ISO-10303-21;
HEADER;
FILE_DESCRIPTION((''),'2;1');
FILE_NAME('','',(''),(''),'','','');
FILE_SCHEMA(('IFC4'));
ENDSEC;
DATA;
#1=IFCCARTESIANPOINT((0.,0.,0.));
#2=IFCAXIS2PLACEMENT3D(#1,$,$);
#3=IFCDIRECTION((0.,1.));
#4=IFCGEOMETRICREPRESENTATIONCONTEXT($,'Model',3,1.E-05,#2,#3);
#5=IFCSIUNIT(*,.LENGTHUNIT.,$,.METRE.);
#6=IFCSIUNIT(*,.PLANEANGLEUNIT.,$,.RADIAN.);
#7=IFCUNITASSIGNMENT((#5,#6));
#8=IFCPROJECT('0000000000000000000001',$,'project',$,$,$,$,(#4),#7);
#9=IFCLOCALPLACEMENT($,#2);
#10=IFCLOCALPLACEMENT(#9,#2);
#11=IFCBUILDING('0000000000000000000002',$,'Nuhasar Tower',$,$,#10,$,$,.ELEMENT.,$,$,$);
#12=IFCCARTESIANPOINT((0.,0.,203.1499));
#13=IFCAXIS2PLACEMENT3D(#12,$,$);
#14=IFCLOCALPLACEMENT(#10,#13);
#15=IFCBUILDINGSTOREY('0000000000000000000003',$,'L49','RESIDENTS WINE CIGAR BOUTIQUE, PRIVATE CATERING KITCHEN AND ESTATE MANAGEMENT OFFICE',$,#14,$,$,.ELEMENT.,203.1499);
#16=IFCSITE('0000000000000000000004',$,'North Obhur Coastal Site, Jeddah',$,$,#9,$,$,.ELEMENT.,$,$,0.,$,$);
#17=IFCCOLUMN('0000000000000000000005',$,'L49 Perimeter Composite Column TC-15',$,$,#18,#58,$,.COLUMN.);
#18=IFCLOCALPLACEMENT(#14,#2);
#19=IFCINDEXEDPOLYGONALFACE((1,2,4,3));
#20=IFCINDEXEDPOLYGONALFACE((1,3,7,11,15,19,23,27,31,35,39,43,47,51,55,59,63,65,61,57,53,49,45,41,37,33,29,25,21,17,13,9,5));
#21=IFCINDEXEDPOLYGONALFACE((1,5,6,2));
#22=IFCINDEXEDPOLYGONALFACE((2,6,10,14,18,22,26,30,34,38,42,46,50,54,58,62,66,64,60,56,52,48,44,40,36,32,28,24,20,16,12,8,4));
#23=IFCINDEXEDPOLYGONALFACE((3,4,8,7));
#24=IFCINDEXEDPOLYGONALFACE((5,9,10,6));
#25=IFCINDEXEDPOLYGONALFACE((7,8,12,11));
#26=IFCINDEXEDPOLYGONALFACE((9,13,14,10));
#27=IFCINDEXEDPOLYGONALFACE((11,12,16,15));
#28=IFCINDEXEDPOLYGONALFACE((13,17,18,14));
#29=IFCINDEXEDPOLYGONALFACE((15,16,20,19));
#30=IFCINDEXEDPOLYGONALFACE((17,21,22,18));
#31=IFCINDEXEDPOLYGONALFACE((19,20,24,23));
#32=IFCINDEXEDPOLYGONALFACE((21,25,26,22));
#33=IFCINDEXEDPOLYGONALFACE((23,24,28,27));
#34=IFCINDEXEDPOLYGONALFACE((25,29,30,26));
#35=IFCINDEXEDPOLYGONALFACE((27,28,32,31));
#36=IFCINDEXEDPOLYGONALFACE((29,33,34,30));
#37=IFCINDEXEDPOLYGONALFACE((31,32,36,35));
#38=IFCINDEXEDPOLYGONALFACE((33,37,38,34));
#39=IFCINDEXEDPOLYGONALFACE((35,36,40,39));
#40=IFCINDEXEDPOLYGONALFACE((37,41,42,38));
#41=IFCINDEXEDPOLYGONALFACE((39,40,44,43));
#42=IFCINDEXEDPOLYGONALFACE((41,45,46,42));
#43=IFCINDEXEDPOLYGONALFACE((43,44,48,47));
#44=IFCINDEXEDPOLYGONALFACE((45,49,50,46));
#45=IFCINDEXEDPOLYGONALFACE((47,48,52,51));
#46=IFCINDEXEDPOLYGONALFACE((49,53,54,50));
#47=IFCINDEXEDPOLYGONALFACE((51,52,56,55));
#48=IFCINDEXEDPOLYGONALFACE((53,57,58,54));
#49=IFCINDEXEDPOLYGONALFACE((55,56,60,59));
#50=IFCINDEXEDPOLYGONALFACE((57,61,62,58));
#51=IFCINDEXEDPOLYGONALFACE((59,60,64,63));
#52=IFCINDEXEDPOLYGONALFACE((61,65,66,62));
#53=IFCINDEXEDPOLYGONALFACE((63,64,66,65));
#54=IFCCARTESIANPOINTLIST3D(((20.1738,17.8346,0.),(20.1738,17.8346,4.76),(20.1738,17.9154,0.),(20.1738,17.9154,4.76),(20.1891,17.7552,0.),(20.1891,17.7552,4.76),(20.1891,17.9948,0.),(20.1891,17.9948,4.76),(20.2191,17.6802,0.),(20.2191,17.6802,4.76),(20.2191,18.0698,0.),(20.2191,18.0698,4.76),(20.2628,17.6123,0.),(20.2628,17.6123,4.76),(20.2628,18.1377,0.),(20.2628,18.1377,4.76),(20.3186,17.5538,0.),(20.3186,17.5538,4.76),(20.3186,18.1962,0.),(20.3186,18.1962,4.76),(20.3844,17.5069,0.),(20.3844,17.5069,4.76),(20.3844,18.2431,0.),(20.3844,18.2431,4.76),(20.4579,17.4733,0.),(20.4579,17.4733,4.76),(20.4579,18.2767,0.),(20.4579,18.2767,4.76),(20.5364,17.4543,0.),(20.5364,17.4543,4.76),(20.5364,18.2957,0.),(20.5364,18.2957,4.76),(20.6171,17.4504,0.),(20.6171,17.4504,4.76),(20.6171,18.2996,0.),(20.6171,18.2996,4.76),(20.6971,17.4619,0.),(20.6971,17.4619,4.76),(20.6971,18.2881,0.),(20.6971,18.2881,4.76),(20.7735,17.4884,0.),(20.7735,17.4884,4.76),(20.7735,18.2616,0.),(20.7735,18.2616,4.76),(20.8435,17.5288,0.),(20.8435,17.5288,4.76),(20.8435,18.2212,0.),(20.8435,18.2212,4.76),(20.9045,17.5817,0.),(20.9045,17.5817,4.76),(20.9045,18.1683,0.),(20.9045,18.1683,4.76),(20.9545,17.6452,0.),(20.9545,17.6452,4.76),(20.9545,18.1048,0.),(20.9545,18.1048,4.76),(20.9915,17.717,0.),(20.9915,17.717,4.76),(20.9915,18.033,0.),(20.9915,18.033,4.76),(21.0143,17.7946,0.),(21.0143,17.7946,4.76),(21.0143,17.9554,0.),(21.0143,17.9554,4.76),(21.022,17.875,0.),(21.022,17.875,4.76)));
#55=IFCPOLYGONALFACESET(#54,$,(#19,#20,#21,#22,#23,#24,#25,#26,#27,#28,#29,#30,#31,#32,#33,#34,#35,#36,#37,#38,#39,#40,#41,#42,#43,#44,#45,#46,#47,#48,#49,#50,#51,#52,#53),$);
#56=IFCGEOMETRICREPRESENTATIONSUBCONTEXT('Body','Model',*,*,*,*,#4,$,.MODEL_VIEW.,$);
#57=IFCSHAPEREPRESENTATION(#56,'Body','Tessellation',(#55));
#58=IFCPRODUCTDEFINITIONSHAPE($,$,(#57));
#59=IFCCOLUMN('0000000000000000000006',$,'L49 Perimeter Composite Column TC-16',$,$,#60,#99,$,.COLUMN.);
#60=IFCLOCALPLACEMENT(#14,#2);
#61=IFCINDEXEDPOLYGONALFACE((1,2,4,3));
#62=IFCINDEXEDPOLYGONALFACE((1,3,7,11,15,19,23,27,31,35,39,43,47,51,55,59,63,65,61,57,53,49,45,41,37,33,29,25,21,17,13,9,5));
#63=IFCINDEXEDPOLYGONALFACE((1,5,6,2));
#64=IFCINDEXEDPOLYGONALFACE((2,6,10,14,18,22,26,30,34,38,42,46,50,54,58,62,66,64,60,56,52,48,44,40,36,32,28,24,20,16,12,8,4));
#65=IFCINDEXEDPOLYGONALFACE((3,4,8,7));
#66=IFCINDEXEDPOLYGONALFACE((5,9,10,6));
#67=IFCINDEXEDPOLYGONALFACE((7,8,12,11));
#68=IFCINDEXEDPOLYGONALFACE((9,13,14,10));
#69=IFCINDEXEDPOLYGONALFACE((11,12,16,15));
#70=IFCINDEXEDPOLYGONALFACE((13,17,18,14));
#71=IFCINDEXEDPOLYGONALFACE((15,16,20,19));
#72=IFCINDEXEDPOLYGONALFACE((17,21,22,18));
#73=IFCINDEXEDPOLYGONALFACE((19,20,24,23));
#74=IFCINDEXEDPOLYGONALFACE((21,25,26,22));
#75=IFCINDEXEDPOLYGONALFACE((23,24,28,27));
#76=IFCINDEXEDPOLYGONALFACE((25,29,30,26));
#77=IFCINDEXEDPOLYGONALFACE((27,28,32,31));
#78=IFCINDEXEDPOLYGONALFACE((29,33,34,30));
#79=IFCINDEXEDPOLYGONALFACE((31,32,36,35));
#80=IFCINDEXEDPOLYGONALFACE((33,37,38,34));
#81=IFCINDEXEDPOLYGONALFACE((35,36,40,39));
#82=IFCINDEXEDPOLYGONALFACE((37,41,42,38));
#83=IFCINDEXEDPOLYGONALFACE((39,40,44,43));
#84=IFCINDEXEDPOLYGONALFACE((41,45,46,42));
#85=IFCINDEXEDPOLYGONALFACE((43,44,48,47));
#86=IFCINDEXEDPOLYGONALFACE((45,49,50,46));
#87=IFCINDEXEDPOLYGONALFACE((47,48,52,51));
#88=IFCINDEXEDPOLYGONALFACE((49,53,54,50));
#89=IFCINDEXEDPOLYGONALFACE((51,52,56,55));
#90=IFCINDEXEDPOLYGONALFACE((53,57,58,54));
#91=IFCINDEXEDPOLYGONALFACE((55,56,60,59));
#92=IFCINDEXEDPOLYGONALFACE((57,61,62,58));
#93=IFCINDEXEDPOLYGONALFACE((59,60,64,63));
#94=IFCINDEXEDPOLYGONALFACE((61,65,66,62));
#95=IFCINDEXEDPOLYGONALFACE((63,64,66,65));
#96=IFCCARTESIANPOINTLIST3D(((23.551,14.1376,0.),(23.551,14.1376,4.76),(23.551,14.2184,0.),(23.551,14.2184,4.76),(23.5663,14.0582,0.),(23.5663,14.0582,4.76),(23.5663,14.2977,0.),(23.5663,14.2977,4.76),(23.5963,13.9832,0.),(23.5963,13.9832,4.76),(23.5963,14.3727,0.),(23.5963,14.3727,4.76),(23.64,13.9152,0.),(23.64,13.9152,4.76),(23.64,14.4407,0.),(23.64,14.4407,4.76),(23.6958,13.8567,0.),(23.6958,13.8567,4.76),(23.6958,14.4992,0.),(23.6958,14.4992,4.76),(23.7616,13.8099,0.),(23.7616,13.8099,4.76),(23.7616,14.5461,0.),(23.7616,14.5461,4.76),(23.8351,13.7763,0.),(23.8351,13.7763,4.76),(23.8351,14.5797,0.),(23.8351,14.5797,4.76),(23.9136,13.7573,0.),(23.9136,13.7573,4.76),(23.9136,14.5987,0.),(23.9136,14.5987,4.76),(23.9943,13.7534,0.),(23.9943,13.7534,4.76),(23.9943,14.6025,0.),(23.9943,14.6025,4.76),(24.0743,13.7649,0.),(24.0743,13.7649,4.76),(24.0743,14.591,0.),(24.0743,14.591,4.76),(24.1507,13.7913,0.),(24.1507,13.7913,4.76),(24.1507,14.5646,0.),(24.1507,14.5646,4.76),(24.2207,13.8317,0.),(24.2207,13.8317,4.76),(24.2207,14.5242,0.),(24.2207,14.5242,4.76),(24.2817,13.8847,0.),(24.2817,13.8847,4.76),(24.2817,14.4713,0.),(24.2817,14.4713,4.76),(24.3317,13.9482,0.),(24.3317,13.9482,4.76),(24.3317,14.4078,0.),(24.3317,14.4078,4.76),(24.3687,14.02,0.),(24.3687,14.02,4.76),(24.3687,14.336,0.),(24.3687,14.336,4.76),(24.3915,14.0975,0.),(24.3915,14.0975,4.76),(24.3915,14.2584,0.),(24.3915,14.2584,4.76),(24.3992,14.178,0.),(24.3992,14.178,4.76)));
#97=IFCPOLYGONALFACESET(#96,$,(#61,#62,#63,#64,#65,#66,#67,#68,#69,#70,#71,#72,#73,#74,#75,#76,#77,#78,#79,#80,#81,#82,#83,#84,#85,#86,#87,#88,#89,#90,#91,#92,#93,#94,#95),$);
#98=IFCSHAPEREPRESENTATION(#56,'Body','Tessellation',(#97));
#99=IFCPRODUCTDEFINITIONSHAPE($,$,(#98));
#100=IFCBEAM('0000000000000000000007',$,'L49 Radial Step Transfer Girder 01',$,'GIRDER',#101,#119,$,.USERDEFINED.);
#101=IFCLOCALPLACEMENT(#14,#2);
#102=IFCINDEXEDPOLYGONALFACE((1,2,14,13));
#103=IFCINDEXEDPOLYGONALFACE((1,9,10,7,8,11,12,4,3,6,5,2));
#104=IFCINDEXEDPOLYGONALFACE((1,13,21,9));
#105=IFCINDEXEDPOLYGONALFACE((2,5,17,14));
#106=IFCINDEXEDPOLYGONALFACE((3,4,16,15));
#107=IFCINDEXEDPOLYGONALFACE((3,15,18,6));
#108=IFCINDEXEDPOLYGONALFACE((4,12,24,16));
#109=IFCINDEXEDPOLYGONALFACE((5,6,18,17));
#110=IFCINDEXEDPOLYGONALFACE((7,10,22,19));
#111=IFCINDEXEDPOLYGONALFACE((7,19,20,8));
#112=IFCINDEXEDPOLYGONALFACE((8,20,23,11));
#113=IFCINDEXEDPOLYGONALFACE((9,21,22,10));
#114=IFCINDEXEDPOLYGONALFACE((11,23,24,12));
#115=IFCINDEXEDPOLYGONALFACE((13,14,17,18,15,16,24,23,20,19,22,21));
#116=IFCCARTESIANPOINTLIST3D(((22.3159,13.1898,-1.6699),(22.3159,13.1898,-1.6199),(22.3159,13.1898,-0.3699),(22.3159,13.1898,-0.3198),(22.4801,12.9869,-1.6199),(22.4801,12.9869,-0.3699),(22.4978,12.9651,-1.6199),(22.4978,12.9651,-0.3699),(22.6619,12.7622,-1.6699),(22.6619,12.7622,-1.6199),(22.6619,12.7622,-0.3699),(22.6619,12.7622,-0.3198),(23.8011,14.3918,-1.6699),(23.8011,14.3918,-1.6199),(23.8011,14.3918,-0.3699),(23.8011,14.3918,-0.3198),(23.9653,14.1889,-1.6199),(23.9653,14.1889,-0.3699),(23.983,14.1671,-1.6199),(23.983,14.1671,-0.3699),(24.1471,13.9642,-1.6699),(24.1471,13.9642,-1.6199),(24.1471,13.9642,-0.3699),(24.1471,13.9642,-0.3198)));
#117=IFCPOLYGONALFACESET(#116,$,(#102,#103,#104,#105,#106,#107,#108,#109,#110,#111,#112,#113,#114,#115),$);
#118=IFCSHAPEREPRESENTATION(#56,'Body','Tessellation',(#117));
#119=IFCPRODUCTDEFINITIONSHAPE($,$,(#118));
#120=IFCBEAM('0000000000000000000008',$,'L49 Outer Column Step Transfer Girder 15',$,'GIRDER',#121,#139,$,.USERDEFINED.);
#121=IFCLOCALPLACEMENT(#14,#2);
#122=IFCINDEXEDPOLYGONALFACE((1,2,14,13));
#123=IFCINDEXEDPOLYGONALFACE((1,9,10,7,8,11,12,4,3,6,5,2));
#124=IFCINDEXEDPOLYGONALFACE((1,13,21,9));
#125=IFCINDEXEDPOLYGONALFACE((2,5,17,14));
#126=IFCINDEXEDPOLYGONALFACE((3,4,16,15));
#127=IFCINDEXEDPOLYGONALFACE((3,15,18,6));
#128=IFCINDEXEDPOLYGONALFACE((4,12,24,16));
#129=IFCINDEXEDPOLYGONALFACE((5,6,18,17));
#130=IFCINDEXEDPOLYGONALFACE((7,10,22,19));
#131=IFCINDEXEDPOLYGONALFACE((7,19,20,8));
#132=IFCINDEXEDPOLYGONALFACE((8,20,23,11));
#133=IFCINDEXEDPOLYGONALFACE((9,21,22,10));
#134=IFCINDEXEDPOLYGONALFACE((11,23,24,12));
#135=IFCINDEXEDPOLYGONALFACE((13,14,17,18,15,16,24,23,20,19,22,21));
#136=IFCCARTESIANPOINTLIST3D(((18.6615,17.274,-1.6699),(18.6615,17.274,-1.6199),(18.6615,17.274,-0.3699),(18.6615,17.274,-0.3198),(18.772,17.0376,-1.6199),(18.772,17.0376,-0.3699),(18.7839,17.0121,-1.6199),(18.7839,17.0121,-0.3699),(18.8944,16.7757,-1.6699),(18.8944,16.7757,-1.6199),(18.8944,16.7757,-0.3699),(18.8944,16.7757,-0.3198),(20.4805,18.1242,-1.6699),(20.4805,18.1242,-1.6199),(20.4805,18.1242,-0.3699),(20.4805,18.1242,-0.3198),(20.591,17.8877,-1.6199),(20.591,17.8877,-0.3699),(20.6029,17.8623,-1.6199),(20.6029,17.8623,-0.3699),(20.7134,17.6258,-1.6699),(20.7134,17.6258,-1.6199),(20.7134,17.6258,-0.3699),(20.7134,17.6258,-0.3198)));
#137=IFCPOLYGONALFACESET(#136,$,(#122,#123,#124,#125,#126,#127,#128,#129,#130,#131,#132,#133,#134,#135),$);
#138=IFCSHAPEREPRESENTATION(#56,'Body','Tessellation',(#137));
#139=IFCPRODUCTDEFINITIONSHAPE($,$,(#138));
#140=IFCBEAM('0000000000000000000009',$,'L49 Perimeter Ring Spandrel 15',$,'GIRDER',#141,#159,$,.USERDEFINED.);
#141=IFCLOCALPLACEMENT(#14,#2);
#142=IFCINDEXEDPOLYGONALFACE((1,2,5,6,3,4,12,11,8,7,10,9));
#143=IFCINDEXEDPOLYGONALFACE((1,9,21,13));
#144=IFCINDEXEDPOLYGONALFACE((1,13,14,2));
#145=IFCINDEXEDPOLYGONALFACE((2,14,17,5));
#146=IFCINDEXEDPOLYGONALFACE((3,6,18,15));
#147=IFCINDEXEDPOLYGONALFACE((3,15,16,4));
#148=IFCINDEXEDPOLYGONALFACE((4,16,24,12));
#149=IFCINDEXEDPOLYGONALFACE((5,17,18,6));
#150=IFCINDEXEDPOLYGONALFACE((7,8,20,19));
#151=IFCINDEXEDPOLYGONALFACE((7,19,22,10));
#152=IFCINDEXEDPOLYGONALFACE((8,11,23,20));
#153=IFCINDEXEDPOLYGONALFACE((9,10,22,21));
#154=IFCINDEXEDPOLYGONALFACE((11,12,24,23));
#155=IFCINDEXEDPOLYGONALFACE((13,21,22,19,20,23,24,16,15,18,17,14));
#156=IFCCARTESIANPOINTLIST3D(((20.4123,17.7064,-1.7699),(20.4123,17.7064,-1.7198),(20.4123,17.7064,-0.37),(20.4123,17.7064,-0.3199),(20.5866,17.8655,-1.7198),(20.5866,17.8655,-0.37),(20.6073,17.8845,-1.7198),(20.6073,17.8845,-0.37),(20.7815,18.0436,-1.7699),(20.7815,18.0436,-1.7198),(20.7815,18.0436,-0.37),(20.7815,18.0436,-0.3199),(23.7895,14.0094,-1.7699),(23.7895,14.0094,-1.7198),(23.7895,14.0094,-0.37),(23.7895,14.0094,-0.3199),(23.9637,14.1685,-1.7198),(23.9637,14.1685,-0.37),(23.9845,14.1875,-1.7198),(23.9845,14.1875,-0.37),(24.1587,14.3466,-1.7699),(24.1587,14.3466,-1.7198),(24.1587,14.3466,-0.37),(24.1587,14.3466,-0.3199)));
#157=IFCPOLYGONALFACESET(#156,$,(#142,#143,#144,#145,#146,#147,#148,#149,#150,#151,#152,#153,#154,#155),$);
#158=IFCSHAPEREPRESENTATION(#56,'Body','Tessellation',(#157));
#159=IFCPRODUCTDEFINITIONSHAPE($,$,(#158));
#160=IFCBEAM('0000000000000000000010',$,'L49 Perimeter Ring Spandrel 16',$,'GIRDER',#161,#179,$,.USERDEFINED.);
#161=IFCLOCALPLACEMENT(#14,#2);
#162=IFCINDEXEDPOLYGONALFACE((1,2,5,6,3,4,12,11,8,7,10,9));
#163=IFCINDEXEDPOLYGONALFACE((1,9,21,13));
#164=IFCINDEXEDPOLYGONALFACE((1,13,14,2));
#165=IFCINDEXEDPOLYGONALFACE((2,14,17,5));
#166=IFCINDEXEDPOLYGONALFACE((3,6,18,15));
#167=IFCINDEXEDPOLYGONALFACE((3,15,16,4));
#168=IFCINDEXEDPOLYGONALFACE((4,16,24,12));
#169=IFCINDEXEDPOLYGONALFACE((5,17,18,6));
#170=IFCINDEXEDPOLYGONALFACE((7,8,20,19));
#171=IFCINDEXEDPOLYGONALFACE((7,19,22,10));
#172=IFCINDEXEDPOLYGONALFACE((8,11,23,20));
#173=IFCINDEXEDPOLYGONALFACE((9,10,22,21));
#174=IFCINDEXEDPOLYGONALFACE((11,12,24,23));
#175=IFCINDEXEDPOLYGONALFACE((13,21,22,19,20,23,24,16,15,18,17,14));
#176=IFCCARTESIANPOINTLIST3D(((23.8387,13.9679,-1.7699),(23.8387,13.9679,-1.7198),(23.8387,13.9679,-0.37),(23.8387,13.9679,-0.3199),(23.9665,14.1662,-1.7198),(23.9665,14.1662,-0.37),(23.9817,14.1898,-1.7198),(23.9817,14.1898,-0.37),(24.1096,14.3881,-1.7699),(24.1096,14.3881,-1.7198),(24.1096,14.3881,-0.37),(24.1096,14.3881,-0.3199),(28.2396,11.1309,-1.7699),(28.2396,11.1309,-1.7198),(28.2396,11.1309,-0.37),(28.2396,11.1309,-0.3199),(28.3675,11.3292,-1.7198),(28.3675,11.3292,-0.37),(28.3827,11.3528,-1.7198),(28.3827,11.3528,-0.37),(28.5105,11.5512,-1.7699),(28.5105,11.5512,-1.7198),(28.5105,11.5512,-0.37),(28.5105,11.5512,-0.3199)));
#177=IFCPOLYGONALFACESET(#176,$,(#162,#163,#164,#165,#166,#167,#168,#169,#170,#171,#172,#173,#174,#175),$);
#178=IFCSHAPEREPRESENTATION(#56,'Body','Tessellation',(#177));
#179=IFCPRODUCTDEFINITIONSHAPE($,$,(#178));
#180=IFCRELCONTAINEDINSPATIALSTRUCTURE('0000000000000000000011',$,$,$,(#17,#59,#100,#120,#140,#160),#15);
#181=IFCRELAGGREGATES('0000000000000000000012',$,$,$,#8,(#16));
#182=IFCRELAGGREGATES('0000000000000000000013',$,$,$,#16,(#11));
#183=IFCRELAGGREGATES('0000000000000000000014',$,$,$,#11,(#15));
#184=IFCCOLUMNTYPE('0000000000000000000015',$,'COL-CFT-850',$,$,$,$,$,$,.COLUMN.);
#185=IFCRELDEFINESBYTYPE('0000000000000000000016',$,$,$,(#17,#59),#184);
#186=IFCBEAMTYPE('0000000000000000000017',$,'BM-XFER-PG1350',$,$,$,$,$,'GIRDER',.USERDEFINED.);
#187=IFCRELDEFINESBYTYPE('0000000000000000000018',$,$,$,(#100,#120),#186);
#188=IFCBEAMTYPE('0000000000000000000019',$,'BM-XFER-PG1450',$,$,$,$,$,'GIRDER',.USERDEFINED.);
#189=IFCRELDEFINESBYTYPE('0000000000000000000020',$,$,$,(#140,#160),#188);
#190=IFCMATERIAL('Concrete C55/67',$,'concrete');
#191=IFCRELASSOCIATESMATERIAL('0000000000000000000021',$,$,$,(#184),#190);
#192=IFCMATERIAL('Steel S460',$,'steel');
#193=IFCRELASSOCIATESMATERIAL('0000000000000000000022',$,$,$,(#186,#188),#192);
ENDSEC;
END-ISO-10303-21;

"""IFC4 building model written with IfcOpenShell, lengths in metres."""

from ifc_helpers import new_model, si_unit, direction, frame, origin, origin_2d, place, context, subcontext, project, spatial, circle, i_section, extrude, material, material_profile, profile_set, type_object, element, save


model = new_model("IFC4")

# Units and contexts
model_context = context("Model", 3, precision=1e-05, world=origin(), true_north=direction((0.0, 1.0)))
body_context = subcontext(model_context, "Body", "Model", "MODEL_VIEW")
ifc_project = project(units=[si_unit("LENGTHUNIT", "METRE"), si_unit("PLANEANGLEUNIT", "RADIAN")], contexts=[model_context])

# Site, building, storey
site_placement = place(None, origin())
site = spatial("IfcSite", under=ifc_project, at=site_placement, Name="North Obhur Coastal Site, Jeddah", CompositionType="ELEMENT", RefElevation=0.0)
building_placement = place(site_placement, origin())
building = spatial("IfcBuilding", under=site, at=building_placement, Name="Nuhasar Tower", CompositionType="ELEMENT")
storey_placement = place(building_placement, frame((0.0, 0.0, 203.1499)))
storey = spatial("IfcBuildingStorey", under=building, at=storey_placement, Name="L49", Description="RESIDENTS WINE CIGAR BOUTIQUE, PRIVATE CATERING KITCHEN AND ESTATE MANAGEMENT OFFICE", CompositionType="ELEMENT", Elevation=203.1499)

# Columns
ifc_material_1 = material(Name="Concrete C55/67", Category="concrete")
ifc_material_profile_1 = material_profile(ifc_material_1, circle(Radius=0.425, at=origin_2d()), Name="CFT850")
ifc_profile_set_1 = profile_set([ifc_material_profile_1], Name="Concrete C55/67")
column_type = type_object("IfcColumnType", Name="COL-CFT-850", PredefinedType="COLUMN", material=ifc_profile_set_1)
for number, where, z_axis, x_axis, name in (
    (1, (20.5969, 17.875, 0.0), (0.0, 0.0, 1.0), (1.0, 0.0, 0.0), "L49 Perimeter Composite Column TC-15"),
    (2, (23.9741, 14.178, 0.0), (0.0, 0.0, 1.0), (1.0, 0.0, 0.0), "L49 Perimeter Composite Column TC-16"),
):
    element("IfcColumn", number, at=place(storey_placement, frame(where, z_axis=z_axis, x_axis=x_axis)), inside=storey, type_object=column_type, Name=name, PredefinedType="COLUMN", context=body_context, shape_type="SweptSolid", body=[
        extrude(circle(Radius=0.425, at=origin_2d()), origin(), (0.0, 0.0, 1.0), 4.76),
    ])

# Beams
ifc_material_2 = material(Name="Steel S460", Category="steel")
ifc_material_profile_2 = material_profile(ifc_material_2, i_section(OverallWidth=0.55, OverallDepth=1.3501, WebThickness=0.0281, FlangeThickness=0.05, at=origin_2d()), Name="PG1350X550")
ifc_profile_set_2 = profile_set([ifc_material_profile_2], Name="Steel S460")
beam_type_1 = type_object("IfcBeamType", Name="BM-XFER-PG1350", ElementType="GIRDER", PredefinedType="USERDEFINED", material=ifc_profile_set_2)
beam_1_placement = place(storey_placement, frame((23.9741, 14.178, -0.9949), z_axis=(-0.777328, -0.629095, 0.0), x_axis=(0.629095, -0.777328, 0.0)))
element("IfcBeam", 3, at=beam_1_placement, inside=storey, type_object=beam_type_1, Name="L49 Radial Step Transfer Girder 01", ObjectType="GIRDER", PredefinedType="USERDEFINED", context=body_context, shape_type="SweptSolid", body=[
    extrude(i_section(OverallWidth=0.55, OverallDepth=1.3501, WebThickness=0.0281, FlangeThickness=0.05, at=origin_2d()), origin(), (0.0, 0.0, 1.0), 1.9106),
])
beam_2_placement = place(storey_placement, frame((20.5969, 17.875, -0.9949), z_axis=(-0.905934, -0.423418, 0.0), x_axis=(0.423418, -0.905934, 0.0)))
element("IfcBeam", 4, at=beam_2_placement, inside=storey, type_object=beam_type_1, Name="L49 Outer Column Step Transfer Girder 15", ObjectType="GIRDER", PredefinedType="USERDEFINED", context=body_context, shape_type="SweptSolid", body=[
    extrude(i_section(OverallWidth=0.55, OverallDepth=1.3501, WebThickness=0.0281, FlangeThickness=0.05, at=origin_2d()), origin(), (0.0, 0.0, 1.0), 2.0078),
])
ifc_material_profile_3 = material_profile(ifc_material_2, i_section(OverallWidth=0.5, OverallDepth=1.45, WebThickness=0.0281, FlangeThickness=0.05, at=origin_2d()), Name="PG1450X500")
ifc_profile_set_3 = profile_set([ifc_material_profile_3], Name="Steel S460")
beam_type_2 = type_object("IfcBeamType", Name="BM-XFER-PG1450", ElementType="GIRDER", PredefinedType="USERDEFINED", material=ifc_profile_set_3)
beam_3_placement = place(storey_placement, frame((20.5969, 17.875, -1.0449), z_axis=(0.67445, -0.738321, 0.0), x_axis=(0.738321, 0.67445, 0.0)))
element("IfcBeam", 5, at=beam_3_placement, inside=storey, type_object=beam_type_2, Name="L49 Perimeter Ring Spandrel 15", ObjectType="GIRDER", PredefinedType="USERDEFINED", context=body_context, shape_type="SweptSolid", body=[
    extrude(i_section(OverallWidth=0.5, OverallDepth=1.45, WebThickness=0.0281, FlangeThickness=0.05, at=origin_2d()), origin(), (0.0, 0.0, 1.0), 5.0073),
])
beam_4_placement = place(storey_placement, frame((23.9741, 14.178, -1.0449), z_axis=(0.840502, -0.541808, 0.0), x_axis=(0.541808, 0.840502, 0.0)))
element("IfcBeam", 6, at=beam_4_placement, inside=storey, type_object=beam_type_2, Name="L49 Perimeter Ring Spandrel 16", ObjectType="GIRDER", PredefinedType="USERDEFINED", context=body_context, shape_type="SweptSolid", body=[
    extrude(i_section(OverallWidth=0.5, OverallDepth=1.45, WebThickness=0.0281, FlangeThickness=0.05, at=origin_2d()), origin(), (0.0, 0.0, 1.0), 5.2361),
])

save(model, "model.ifc")
